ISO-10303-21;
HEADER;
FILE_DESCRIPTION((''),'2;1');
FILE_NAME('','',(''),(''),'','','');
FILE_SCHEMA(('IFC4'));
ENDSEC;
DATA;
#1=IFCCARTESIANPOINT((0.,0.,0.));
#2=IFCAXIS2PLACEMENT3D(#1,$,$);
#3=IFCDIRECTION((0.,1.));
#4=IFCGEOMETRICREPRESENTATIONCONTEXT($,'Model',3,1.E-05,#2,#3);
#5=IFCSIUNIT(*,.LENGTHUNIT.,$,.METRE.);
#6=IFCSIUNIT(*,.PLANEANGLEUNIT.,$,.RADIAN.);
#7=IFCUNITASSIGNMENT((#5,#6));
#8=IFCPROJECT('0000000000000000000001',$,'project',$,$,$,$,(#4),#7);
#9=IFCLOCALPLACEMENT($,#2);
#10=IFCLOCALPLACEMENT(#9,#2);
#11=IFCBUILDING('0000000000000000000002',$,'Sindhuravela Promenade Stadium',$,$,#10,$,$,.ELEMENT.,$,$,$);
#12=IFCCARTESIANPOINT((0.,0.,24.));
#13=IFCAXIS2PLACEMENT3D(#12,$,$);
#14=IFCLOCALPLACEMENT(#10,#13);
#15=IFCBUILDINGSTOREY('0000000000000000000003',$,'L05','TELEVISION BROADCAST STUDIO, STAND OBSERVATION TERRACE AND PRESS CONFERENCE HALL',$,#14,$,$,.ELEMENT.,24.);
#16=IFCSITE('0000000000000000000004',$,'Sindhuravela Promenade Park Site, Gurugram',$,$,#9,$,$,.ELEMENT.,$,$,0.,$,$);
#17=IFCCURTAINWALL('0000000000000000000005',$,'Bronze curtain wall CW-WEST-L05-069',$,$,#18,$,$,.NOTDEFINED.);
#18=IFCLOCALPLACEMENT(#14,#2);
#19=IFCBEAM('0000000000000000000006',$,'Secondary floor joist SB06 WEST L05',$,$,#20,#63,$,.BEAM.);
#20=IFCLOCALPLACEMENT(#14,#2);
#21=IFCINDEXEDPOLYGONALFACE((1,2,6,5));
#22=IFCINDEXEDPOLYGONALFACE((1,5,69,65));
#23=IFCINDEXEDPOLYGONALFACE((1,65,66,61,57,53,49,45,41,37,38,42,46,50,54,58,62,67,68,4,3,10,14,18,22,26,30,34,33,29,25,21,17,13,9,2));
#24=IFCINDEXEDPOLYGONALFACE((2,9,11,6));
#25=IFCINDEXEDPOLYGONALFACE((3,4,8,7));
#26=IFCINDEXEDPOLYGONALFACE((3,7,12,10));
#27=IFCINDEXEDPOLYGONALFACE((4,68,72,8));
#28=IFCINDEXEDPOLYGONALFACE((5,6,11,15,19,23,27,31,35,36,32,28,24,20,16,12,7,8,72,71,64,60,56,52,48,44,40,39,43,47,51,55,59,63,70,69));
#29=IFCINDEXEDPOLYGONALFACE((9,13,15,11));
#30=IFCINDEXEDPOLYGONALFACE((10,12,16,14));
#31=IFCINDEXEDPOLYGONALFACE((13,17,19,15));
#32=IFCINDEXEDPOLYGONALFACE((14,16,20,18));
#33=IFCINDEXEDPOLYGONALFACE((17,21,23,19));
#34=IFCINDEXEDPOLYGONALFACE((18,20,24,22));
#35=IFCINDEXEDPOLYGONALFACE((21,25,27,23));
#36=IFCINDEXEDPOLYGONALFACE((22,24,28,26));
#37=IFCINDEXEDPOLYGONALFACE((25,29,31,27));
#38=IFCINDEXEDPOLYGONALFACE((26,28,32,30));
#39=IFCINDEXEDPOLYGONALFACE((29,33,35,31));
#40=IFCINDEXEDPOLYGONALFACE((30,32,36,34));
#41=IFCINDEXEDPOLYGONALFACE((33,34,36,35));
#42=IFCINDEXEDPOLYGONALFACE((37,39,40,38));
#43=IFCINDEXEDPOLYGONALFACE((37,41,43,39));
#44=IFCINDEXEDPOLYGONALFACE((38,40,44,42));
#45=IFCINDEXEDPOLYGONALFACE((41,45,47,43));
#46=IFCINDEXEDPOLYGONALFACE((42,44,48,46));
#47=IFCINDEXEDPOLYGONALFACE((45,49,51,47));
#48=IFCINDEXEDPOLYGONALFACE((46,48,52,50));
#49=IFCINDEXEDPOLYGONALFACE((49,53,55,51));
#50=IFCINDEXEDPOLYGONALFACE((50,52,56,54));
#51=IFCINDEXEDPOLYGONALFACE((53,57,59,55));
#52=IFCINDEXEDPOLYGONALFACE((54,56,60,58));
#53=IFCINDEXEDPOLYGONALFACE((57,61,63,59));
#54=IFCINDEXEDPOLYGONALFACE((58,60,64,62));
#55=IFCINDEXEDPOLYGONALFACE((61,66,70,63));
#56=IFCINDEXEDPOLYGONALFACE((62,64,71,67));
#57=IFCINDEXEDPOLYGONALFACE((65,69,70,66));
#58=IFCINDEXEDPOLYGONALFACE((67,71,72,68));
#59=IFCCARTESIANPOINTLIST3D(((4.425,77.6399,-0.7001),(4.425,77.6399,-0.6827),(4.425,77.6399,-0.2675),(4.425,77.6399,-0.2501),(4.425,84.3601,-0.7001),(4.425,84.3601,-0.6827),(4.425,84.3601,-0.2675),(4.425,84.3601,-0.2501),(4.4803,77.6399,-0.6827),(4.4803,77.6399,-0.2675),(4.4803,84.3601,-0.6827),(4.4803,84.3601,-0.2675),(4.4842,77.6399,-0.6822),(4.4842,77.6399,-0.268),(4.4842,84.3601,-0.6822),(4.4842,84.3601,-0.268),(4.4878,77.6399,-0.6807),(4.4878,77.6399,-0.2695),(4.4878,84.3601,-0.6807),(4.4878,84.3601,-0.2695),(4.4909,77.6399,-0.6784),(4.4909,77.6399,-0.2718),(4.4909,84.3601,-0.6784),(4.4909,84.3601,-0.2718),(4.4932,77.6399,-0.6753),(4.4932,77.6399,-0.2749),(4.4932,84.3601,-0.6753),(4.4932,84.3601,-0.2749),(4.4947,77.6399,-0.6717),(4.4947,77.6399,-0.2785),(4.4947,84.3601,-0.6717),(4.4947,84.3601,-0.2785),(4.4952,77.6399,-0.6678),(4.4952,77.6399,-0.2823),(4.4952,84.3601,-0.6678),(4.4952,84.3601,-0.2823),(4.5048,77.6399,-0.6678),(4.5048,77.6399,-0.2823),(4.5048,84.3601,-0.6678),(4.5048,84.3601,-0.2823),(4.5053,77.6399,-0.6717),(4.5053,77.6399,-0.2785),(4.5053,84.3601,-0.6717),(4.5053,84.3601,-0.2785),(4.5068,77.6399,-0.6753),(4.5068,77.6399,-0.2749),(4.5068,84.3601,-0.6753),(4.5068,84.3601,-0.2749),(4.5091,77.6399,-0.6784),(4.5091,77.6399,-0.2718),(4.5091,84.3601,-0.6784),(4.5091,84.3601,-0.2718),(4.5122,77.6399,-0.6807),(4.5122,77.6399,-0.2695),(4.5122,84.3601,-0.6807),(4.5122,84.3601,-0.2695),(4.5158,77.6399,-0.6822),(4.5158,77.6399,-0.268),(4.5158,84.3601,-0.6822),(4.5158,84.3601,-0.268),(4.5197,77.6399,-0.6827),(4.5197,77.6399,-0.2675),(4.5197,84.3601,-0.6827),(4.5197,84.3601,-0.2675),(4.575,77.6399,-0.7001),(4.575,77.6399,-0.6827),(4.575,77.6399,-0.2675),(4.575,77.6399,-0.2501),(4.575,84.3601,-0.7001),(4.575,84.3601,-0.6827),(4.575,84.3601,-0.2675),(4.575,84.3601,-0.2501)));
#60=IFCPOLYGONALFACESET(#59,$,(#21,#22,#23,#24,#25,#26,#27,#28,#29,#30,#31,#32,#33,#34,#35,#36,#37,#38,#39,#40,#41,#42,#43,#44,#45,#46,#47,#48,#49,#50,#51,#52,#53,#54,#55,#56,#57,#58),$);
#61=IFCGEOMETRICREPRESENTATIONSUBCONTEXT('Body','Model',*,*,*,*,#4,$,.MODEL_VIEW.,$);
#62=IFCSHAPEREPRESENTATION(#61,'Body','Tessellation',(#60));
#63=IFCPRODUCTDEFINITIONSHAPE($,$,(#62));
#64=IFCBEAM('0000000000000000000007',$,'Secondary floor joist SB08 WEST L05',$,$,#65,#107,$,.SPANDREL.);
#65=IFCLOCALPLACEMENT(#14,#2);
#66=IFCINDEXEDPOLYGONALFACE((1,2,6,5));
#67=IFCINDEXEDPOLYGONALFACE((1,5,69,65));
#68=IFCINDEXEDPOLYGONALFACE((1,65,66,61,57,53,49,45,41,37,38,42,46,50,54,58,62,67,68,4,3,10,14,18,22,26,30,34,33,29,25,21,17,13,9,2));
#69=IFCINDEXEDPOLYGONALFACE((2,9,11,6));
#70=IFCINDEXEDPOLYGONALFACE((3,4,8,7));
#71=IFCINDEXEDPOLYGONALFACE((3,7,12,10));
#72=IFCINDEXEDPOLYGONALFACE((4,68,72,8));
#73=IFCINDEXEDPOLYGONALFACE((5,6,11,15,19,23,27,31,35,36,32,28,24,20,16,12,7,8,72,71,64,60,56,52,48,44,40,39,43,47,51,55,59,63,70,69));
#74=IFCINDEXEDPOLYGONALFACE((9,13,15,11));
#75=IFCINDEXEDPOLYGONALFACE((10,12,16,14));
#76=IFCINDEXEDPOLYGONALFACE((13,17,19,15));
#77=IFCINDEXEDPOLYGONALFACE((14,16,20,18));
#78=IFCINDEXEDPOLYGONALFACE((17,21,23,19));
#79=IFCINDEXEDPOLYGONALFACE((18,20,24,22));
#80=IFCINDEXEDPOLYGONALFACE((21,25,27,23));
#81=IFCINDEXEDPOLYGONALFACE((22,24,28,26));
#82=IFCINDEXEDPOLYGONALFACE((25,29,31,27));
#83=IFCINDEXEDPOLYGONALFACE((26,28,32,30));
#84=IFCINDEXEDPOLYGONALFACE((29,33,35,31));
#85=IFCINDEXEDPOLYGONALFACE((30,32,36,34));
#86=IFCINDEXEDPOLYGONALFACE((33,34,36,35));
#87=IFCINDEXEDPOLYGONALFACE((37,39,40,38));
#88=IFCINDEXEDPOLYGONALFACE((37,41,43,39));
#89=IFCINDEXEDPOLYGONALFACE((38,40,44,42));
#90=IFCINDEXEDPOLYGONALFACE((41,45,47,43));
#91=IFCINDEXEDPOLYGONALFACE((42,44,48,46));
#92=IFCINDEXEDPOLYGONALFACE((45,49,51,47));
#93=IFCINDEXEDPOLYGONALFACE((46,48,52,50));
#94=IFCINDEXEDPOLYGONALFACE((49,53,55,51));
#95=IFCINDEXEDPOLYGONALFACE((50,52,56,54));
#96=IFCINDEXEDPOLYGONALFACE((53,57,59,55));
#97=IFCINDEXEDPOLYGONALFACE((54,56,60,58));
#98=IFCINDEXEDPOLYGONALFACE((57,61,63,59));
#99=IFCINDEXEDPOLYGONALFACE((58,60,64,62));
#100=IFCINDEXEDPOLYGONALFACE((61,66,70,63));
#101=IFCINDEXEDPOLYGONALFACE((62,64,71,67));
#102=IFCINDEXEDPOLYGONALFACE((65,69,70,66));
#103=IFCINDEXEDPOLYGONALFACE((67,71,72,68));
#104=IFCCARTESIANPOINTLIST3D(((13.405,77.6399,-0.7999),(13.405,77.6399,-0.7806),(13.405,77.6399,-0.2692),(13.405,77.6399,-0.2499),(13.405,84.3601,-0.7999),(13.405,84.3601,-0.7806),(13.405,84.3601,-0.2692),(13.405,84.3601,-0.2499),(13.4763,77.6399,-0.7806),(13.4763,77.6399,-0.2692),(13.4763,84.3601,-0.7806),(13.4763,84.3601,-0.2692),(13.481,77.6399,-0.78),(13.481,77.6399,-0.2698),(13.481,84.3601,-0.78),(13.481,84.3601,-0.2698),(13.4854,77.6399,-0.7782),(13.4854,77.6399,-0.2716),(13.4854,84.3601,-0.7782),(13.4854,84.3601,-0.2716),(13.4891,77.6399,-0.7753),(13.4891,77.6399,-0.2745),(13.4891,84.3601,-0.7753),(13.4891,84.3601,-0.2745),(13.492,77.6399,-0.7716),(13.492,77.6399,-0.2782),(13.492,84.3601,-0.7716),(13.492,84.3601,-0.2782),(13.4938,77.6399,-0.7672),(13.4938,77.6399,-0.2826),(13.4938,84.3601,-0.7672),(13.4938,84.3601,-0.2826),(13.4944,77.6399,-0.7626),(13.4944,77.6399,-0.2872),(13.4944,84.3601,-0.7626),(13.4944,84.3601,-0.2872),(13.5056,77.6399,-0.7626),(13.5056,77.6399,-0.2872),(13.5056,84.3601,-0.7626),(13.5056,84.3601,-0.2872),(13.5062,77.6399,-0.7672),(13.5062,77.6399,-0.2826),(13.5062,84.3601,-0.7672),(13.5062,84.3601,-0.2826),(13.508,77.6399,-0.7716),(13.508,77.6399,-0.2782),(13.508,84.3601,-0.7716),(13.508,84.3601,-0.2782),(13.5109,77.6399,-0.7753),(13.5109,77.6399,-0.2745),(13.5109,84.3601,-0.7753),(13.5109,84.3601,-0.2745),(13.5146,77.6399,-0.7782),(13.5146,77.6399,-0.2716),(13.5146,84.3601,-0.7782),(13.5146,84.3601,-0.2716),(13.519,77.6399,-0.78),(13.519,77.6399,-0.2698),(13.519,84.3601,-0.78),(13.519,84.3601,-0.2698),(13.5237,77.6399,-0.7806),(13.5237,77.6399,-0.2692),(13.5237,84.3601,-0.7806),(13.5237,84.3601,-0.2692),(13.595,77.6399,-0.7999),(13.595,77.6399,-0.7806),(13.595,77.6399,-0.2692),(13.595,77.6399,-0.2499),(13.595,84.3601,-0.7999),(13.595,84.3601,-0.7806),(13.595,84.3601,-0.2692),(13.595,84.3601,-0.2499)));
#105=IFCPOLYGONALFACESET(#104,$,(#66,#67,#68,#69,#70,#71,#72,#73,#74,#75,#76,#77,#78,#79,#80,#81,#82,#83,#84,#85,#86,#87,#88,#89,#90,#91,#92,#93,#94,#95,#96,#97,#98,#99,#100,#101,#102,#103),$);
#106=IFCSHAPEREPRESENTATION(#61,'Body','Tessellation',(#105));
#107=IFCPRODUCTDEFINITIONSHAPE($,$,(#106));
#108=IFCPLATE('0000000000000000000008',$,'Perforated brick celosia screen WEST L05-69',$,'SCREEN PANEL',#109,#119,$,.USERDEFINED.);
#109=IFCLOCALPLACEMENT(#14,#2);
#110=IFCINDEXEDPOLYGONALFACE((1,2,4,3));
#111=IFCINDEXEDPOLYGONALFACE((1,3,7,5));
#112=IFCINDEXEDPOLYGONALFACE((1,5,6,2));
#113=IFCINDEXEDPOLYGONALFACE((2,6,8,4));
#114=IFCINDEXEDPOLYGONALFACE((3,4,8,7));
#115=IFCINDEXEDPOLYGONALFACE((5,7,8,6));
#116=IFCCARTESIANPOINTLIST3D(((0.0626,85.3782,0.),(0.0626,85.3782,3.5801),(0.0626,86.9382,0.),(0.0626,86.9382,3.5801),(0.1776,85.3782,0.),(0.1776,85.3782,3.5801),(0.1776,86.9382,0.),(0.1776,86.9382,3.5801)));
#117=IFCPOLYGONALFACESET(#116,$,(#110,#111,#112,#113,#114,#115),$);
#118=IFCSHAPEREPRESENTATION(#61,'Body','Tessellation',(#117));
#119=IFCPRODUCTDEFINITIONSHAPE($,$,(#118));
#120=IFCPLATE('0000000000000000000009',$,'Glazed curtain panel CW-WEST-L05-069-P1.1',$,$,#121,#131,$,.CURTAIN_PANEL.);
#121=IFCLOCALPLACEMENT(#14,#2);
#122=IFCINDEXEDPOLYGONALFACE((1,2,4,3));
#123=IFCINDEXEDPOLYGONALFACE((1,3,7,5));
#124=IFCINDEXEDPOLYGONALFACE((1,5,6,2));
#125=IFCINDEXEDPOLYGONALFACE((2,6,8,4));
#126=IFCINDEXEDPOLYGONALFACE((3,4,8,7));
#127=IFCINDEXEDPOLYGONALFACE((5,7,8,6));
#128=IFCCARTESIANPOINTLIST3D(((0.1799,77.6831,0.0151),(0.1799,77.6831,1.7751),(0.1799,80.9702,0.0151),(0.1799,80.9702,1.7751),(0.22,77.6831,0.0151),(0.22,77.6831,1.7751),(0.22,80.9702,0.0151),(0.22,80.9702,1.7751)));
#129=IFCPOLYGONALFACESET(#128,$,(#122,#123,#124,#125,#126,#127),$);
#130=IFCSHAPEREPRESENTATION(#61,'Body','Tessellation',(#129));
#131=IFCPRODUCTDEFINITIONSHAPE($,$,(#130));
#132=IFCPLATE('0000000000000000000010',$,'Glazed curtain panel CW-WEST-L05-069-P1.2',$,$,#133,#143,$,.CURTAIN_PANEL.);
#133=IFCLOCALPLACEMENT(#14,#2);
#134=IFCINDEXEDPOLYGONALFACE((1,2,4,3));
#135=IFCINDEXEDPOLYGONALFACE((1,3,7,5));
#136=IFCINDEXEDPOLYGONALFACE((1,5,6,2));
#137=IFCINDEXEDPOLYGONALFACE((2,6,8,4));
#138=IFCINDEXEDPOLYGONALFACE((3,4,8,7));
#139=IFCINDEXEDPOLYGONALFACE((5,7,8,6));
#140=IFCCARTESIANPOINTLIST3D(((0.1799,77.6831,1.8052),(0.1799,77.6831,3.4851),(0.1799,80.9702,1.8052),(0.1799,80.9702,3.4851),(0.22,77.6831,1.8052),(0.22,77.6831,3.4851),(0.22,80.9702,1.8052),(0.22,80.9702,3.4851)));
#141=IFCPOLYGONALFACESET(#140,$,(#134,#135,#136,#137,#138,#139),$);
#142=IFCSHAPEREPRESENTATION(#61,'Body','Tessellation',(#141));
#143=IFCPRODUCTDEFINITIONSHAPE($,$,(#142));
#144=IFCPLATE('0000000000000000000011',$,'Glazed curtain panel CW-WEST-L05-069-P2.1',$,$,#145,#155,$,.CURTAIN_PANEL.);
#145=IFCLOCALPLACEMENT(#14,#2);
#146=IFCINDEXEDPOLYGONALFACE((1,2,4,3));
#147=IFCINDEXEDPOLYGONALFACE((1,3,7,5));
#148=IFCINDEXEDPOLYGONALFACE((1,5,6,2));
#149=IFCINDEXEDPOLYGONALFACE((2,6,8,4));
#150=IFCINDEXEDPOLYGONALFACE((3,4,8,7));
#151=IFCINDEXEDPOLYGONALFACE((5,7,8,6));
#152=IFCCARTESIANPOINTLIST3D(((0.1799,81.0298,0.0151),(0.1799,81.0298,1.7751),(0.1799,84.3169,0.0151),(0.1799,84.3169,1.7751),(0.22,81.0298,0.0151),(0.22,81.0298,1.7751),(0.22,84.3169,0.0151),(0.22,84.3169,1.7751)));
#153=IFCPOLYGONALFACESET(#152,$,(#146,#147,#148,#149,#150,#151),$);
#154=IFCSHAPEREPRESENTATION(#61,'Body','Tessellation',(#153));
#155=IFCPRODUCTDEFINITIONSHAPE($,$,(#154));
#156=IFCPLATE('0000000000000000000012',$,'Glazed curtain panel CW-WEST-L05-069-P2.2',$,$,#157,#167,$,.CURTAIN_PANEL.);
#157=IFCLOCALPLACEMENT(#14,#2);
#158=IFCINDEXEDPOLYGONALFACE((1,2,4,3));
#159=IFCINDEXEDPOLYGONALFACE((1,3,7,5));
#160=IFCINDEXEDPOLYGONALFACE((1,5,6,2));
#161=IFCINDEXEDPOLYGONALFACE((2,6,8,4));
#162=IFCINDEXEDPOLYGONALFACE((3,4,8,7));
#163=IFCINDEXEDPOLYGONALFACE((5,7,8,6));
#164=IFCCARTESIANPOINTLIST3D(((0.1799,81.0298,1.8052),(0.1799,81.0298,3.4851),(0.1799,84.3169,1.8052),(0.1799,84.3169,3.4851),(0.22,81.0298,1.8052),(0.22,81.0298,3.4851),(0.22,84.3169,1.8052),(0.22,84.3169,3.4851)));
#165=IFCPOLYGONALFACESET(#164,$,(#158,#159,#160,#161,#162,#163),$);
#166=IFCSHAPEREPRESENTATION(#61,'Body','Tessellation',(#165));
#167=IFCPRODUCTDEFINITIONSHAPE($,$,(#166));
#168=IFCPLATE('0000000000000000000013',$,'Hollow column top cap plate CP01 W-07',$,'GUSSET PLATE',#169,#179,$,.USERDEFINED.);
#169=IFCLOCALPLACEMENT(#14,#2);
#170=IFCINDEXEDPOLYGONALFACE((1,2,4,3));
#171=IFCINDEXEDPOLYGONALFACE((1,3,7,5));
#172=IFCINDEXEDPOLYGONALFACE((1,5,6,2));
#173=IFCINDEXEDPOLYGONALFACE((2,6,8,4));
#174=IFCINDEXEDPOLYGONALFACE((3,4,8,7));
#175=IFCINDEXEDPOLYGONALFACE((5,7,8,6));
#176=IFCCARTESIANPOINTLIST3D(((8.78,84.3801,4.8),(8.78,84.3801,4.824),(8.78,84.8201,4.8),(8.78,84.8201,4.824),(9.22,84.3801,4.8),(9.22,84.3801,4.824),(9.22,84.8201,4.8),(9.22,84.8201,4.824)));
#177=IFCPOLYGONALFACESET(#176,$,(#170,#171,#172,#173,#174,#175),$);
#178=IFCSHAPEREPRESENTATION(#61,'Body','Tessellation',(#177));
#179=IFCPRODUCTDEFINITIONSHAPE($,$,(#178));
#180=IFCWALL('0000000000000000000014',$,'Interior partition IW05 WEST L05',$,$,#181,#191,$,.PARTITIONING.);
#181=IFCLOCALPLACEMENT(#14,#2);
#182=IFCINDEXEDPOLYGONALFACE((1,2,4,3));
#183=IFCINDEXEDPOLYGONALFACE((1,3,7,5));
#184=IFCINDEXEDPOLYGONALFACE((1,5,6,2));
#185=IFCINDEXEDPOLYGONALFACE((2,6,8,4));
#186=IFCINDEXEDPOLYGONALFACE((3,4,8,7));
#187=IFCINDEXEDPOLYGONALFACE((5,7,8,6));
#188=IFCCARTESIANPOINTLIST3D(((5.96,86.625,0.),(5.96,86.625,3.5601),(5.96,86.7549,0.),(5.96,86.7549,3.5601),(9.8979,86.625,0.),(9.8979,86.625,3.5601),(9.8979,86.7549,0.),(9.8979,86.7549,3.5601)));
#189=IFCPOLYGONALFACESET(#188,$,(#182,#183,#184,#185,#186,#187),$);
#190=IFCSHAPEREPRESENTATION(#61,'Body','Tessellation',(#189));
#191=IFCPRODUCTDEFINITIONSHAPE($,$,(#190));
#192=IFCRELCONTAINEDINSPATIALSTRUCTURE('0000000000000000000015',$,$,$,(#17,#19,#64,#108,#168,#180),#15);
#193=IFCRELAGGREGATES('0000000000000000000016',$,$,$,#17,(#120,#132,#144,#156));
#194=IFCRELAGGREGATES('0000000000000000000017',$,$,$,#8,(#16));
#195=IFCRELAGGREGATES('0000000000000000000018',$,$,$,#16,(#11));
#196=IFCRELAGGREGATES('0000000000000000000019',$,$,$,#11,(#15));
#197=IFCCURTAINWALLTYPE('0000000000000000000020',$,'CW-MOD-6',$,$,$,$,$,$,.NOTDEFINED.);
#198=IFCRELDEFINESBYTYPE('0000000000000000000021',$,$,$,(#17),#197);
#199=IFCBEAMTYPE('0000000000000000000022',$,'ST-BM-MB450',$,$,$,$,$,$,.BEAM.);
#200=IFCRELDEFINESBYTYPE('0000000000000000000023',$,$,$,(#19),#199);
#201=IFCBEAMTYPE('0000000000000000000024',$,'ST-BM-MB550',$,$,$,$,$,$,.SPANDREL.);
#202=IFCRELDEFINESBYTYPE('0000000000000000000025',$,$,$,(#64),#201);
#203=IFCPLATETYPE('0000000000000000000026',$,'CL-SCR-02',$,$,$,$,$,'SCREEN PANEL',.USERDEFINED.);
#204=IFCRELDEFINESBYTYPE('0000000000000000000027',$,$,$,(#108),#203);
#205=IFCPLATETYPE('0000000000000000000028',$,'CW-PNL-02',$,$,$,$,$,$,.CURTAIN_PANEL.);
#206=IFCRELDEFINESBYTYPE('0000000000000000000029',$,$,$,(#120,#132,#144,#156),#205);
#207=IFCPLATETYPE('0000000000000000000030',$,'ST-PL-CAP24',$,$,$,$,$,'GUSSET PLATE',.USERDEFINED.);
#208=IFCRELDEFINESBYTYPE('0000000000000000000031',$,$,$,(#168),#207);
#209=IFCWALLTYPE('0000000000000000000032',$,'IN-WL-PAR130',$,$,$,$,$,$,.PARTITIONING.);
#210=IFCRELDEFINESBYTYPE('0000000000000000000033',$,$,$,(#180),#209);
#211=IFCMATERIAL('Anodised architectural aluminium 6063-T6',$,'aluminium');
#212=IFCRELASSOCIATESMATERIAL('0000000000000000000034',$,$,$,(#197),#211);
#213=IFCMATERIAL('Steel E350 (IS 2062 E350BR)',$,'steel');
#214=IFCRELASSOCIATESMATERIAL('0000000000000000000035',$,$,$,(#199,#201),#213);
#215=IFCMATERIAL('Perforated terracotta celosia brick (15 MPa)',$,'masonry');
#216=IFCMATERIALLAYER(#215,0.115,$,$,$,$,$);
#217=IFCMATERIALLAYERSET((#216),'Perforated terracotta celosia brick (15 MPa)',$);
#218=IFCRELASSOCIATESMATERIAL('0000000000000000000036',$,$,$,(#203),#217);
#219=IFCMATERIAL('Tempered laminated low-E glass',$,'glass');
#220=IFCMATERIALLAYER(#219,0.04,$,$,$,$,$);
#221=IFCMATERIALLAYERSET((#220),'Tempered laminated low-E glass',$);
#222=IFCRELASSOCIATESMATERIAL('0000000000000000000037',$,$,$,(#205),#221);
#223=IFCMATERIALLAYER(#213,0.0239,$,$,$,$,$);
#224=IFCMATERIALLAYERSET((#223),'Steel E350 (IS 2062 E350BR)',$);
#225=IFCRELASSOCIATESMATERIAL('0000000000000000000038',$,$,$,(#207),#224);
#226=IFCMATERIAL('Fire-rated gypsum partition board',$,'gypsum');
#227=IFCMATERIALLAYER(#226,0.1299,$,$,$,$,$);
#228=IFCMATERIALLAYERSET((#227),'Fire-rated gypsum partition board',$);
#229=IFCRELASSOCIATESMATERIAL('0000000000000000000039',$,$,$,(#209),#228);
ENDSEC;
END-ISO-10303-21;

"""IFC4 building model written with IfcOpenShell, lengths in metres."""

from ifc_helpers import new_model, si_unit, direction, frame, frame_2d, origin, origin_2d, place, context, subcontext, project, spatial, rectangle, i_section, extrude, material, layer, layer_set, material_profile, profile_set, type_object, element, aggregate, save


model = new_model("IFC4")

# Units and contexts
model_context = context("Model", 3, precision=1e-05, world=origin(), true_north=direction((0.0, 1.0)))
body_context = subcontext(model_context, "Body", "Model", "MODEL_VIEW")
ifc_project = project(units=[si_unit("LENGTHUNIT", "METRE"), si_unit("PLANEANGLEUNIT", "RADIAN")], contexts=[model_context])

# Site, building, storey
site_placement = place(None, origin())
site = spatial("IfcSite", under=ifc_project, at=site_placement, Name="Sindhuravela Promenade Park Site, Gurugram", CompositionType="ELEMENT", RefElevation=0.0)
building_placement = place(site_placement, origin())
building = spatial("IfcBuilding", under=site, at=building_placement, Name="Sindhuravela Promenade Stadium", CompositionType="ELEMENT")
storey_placement = place(building_placement, frame((0.0, 0.0, 24.0)))
storey = spatial("IfcBuildingStorey", under=building, at=storey_placement, Name="L05", Description="TELEVISION BROADCAST STUDIO, STAND OBSERVATION TERRACE AND PRESS CONFERENCE HALL", CompositionType="ELEMENT", Elevation=24.0)

# Shared definitions
ifc_material_1 = material(Name="Steel E350 (IS 2062 E350BR)", Category="steel")

# Curtain wall
ifc_material_2 = material(Name="Anodised architectural aluminium 6063-T6", Category="aluminium")
curtain_wall_type_1 = type_object("IfcCurtainWallType", Name="CW-MOD-6", PredefinedType="NOTDEFINED", material=ifc_material_2)
curtain_wall_1_placement = place(storey_placement, origin())
curtain_wall_1 = element("IfcCurtainWall", 1, at=curtain_wall_1_placement, inside=storey, type_object=curtain_wall_type_1, Name="Bronze curtain wall CW-WEST-L05-069", PredefinedType="NOTDEFINED")

# Beams
ifc_material_profile_1 = material_profile(ifc_material_1, i_section(OverallWidth=0.1499, OverallDepth=0.45, WebThickness=0.0095, FlangeThickness=0.0173, FilletRadius=0.0149, at=origin_2d()), Name="ISMB 450")
ifc_profile_set_1 = profile_set([ifc_material_profile_1], Name="Steel E350 (IS 2062 E350BR)")
beam_type_1 = type_object("IfcBeamType", Name="ST-BM-MB450", PredefinedType="BEAM", material=ifc_profile_set_1)
beam_1_placement = place(storey_placement, frame((4.5, 77.6399, -0.4751), z_axis=(0.0, 1.0, 0.0), x_axis=(-1.0, 0.0, 0.0)))
element("IfcBeam", 2, at=beam_1_placement, inside=storey, type_object=beam_type_1, Name="Secondary floor joist SB06 WEST L05", PredefinedType="BEAM", context=body_context, shape_type="SweptSolid", body=[
    extrude(i_section(OverallWidth=0.1499, OverallDepth=0.45, WebThickness=0.0095, FlangeThickness=0.0173, FilletRadius=0.0149, at=origin_2d()), origin(), (0.0, 0.0, 1.0), 6.7202),
])
ifc_material_profile_2 = material_profile(ifc_material_1, i_section(OverallWidth=0.1899, OverallDepth=0.55, WebThickness=0.0112, FlangeThickness=0.0193, FilletRadius=0.0181, at=origin_2d()), Name="ISMB 550")
ifc_profile_set_2 = profile_set([ifc_material_profile_2], Name="Steel E350 (IS 2062 E350BR)")
beam_type_2 = type_object("IfcBeamType", Name="ST-BM-MB550", PredefinedType="SPANDREL", material=ifc_profile_set_2)
beam_2_placement = place(storey_placement, frame((13.5, 77.6399, -0.5249), z_axis=(0.0, 1.0, 0.0), x_axis=(-1.0, 0.0, 0.0)))
element("IfcBeam", 3, at=beam_2_placement, inside=storey, type_object=beam_type_2, Name="Secondary floor joist SB08 WEST L05", PredefinedType="SPANDREL", context=body_context, shape_type="SweptSolid", body=[
    extrude(i_section(OverallWidth=0.1899, OverallDepth=0.55, WebThickness=0.0112, FlangeThickness=0.0193, FilletRadius=0.0181, at=origin_2d()), origin(), (0.0, 0.0, 1.0), 6.7202),
])

# Plates
ifc_material_3 = material(Name="Perforated terracotta celosia brick (15 MPa)", Category="masonry")
ifc_layer_1 = layer(ifc_material_3, 0.115)
ifc_layer_set_1 = layer_set([ifc_layer_1], Name="Perforated terracotta celosia brick (15 MPa)")
plate_type_1 = type_object("IfcPlateType", Name="CL-SCR-02", ElementType="SCREEN PANEL", PredefinedType="USERDEFINED", material=ifc_layer_set_1)
plate_1_placement = place(storey_placement, frame((0.1201, 86.1582, 0.0), z_axis=(0.0, 0.0, 1.0), x_axis=(0.0, 1.0, 0.0)))
element("IfcPlate", 4, at=plate_1_placement, inside=storey, type_object=plate_type_1, Name="Perforated brick celosia screen WEST L05-69", ObjectType="SCREEN PANEL", PredefinedType="USERDEFINED", context=body_context, shape_type="SweptSolid", body=[
    extrude(rectangle(XDim=1.5601, YDim=0.115, at=origin_2d()), origin(), (0.0, 0.0, 1.0), 3.5801),
])
ifc_material_4 = material(Name="Tempered laminated low-E glass", Category="glass")
ifc_layer_2 = layer(ifc_material_4, 0.04)
ifc_layer_set_2 = layer_set([ifc_layer_2], Name="Tempered laminated low-E glass")
plate_type_2 = type_object("IfcPlateType", Name="CW-PNL-02", PredefinedType="CURTAIN_PANEL", material=ifc_layer_set_2)
plate_2_placement = place(storey_placement, frame((0.2, 79.3267, 0.0151), z_axis=(0.0, 0.0, 1.0), x_axis=(0.0, 1.0, 0.0)))
plate_2 = element("IfcPlate", 5, at=plate_2_placement, type_object=plate_type_2, Name="Glazed curtain panel CW-WEST-L05-069-P1.1", PredefinedType="CURTAIN_PANEL", context=body_context, shape_type="SweptSolid", body=[
    extrude(rectangle(XDim=3.2871, YDim=0.04, at=origin_2d()), origin(), (0.0, 0.0, 1.0), 1.76),
])
plate_3_placement = place(storey_placement, frame((0.2, 79.3267, 1.8052), z_axis=(0.0, 0.0, 1.0), x_axis=(0.0, 1.0, 0.0)))
plate_3 = element("IfcPlate", 6, at=plate_3_placement, type_object=plate_type_2, Name="Glazed curtain panel CW-WEST-L05-069-P1.2", PredefinedType="CURTAIN_PANEL", context=body_context, shape_type="SweptSolid", body=[
    extrude(rectangle(XDim=3.2871, YDim=0.04, at=origin_2d()), origin(), (0.0, 0.0, 1.0), 1.6799),
])
plate_4_placement = place(storey_placement, frame((0.2, 82.6733, 0.0151), z_axis=(0.0, 0.0, 1.0), x_axis=(0.0, 1.0, 0.0)))
plate_4 = element("IfcPlate", 7, at=plate_4_placement, type_object=plate_type_2, Name="Glazed curtain panel CW-WEST-L05-069-P2.1", PredefinedType="CURTAIN_PANEL", context=body_context, shape_type="SweptSolid", body=[
    extrude(rectangle(XDim=3.2871, YDim=0.04, at=origin_2d()), origin(), (0.0, 0.0, 1.0), 1.76),
])
plate_5_placement = place(storey_placement, frame((0.2, 82.6733, 1.8052), z_axis=(0.0, 0.0, 1.0), x_axis=(0.0, 1.0, 0.0)))
plate_5 = element("IfcPlate", 8, at=plate_5_placement, type_object=plate_type_2, Name="Glazed curtain panel CW-WEST-L05-069-P2.2", PredefinedType="CURTAIN_PANEL", context=body_context, shape_type="SweptSolid", body=[
    extrude(rectangle(XDim=3.2871, YDim=0.04, at=origin_2d()), origin(), (0.0, 0.0, 1.0), 1.6799),
])
aggregate(curtain_wall_1, [plate_2, plate_3, plate_4, plate_5])
ifc_layer_3 = layer(ifc_material_1, 0.0239)
ifc_layer_set_3 = layer_set([ifc_layer_3], Name="Steel E350 (IS 2062 E350BR)")
plate_type_3 = type_object("IfcPlateType", Name="ST-PL-CAP24", ElementType="GUSSET PLATE", PredefinedType="USERDEFINED", material=ifc_layer_set_3)
plate_6_placement = place(storey_placement, frame((9.0, 84.6001, 4.8), z_axis=(0.0, 0.0, 1.0), x_axis=(1.0, 0.0, 0.0)))
element("IfcPlate", 9, at=plate_6_placement, inside=storey, type_object=plate_type_3, Name="Hollow column top cap plate CP01 W-07", ObjectType="GUSSET PLATE", PredefinedType="USERDEFINED", context=body_context, shape_type="SweptSolid", body=[
    extrude(rectangle(XDim=0.4399, YDim=0.4399, at=origin_2d()), origin(), (0.0, 0.0, 1.0), 0.0239),
])

# Wall
ifc_material_5 = material(Name="Fire-rated gypsum partition board", Category="gypsum")
ifc_layer_4 = layer(ifc_material_5, 0.1299)
ifc_layer_set_4 = layer_set([ifc_layer_4], Name="Fire-rated gypsum partition board")
wall_type_1 = type_object("IfcWallType", Name="IN-WL-PAR130", PredefinedType="PARTITIONING", material=ifc_layer_set_4)
wall_1_placement = place(storey_placement, frame((9.8979, 86.6899, 0.0), z_axis=(0.0, 0.0, 1.0), x_axis=(-1.0, 0.0, 0.0)))
element("IfcWall", 10, at=wall_1_placement, inside=storey, type_object=wall_type_1, Name="Interior partition IW05 WEST L05", PredefinedType="PARTITIONING", context=body_context, shape_type="SweptSolid", body=[
    extrude(rectangle(XDim=3.938, YDim=0.1299, at=frame_2d((1.969, 0.0))), origin(), (0.0, 0.0, 1.0), 3.5601),
])

save(model, "model.ifc")
